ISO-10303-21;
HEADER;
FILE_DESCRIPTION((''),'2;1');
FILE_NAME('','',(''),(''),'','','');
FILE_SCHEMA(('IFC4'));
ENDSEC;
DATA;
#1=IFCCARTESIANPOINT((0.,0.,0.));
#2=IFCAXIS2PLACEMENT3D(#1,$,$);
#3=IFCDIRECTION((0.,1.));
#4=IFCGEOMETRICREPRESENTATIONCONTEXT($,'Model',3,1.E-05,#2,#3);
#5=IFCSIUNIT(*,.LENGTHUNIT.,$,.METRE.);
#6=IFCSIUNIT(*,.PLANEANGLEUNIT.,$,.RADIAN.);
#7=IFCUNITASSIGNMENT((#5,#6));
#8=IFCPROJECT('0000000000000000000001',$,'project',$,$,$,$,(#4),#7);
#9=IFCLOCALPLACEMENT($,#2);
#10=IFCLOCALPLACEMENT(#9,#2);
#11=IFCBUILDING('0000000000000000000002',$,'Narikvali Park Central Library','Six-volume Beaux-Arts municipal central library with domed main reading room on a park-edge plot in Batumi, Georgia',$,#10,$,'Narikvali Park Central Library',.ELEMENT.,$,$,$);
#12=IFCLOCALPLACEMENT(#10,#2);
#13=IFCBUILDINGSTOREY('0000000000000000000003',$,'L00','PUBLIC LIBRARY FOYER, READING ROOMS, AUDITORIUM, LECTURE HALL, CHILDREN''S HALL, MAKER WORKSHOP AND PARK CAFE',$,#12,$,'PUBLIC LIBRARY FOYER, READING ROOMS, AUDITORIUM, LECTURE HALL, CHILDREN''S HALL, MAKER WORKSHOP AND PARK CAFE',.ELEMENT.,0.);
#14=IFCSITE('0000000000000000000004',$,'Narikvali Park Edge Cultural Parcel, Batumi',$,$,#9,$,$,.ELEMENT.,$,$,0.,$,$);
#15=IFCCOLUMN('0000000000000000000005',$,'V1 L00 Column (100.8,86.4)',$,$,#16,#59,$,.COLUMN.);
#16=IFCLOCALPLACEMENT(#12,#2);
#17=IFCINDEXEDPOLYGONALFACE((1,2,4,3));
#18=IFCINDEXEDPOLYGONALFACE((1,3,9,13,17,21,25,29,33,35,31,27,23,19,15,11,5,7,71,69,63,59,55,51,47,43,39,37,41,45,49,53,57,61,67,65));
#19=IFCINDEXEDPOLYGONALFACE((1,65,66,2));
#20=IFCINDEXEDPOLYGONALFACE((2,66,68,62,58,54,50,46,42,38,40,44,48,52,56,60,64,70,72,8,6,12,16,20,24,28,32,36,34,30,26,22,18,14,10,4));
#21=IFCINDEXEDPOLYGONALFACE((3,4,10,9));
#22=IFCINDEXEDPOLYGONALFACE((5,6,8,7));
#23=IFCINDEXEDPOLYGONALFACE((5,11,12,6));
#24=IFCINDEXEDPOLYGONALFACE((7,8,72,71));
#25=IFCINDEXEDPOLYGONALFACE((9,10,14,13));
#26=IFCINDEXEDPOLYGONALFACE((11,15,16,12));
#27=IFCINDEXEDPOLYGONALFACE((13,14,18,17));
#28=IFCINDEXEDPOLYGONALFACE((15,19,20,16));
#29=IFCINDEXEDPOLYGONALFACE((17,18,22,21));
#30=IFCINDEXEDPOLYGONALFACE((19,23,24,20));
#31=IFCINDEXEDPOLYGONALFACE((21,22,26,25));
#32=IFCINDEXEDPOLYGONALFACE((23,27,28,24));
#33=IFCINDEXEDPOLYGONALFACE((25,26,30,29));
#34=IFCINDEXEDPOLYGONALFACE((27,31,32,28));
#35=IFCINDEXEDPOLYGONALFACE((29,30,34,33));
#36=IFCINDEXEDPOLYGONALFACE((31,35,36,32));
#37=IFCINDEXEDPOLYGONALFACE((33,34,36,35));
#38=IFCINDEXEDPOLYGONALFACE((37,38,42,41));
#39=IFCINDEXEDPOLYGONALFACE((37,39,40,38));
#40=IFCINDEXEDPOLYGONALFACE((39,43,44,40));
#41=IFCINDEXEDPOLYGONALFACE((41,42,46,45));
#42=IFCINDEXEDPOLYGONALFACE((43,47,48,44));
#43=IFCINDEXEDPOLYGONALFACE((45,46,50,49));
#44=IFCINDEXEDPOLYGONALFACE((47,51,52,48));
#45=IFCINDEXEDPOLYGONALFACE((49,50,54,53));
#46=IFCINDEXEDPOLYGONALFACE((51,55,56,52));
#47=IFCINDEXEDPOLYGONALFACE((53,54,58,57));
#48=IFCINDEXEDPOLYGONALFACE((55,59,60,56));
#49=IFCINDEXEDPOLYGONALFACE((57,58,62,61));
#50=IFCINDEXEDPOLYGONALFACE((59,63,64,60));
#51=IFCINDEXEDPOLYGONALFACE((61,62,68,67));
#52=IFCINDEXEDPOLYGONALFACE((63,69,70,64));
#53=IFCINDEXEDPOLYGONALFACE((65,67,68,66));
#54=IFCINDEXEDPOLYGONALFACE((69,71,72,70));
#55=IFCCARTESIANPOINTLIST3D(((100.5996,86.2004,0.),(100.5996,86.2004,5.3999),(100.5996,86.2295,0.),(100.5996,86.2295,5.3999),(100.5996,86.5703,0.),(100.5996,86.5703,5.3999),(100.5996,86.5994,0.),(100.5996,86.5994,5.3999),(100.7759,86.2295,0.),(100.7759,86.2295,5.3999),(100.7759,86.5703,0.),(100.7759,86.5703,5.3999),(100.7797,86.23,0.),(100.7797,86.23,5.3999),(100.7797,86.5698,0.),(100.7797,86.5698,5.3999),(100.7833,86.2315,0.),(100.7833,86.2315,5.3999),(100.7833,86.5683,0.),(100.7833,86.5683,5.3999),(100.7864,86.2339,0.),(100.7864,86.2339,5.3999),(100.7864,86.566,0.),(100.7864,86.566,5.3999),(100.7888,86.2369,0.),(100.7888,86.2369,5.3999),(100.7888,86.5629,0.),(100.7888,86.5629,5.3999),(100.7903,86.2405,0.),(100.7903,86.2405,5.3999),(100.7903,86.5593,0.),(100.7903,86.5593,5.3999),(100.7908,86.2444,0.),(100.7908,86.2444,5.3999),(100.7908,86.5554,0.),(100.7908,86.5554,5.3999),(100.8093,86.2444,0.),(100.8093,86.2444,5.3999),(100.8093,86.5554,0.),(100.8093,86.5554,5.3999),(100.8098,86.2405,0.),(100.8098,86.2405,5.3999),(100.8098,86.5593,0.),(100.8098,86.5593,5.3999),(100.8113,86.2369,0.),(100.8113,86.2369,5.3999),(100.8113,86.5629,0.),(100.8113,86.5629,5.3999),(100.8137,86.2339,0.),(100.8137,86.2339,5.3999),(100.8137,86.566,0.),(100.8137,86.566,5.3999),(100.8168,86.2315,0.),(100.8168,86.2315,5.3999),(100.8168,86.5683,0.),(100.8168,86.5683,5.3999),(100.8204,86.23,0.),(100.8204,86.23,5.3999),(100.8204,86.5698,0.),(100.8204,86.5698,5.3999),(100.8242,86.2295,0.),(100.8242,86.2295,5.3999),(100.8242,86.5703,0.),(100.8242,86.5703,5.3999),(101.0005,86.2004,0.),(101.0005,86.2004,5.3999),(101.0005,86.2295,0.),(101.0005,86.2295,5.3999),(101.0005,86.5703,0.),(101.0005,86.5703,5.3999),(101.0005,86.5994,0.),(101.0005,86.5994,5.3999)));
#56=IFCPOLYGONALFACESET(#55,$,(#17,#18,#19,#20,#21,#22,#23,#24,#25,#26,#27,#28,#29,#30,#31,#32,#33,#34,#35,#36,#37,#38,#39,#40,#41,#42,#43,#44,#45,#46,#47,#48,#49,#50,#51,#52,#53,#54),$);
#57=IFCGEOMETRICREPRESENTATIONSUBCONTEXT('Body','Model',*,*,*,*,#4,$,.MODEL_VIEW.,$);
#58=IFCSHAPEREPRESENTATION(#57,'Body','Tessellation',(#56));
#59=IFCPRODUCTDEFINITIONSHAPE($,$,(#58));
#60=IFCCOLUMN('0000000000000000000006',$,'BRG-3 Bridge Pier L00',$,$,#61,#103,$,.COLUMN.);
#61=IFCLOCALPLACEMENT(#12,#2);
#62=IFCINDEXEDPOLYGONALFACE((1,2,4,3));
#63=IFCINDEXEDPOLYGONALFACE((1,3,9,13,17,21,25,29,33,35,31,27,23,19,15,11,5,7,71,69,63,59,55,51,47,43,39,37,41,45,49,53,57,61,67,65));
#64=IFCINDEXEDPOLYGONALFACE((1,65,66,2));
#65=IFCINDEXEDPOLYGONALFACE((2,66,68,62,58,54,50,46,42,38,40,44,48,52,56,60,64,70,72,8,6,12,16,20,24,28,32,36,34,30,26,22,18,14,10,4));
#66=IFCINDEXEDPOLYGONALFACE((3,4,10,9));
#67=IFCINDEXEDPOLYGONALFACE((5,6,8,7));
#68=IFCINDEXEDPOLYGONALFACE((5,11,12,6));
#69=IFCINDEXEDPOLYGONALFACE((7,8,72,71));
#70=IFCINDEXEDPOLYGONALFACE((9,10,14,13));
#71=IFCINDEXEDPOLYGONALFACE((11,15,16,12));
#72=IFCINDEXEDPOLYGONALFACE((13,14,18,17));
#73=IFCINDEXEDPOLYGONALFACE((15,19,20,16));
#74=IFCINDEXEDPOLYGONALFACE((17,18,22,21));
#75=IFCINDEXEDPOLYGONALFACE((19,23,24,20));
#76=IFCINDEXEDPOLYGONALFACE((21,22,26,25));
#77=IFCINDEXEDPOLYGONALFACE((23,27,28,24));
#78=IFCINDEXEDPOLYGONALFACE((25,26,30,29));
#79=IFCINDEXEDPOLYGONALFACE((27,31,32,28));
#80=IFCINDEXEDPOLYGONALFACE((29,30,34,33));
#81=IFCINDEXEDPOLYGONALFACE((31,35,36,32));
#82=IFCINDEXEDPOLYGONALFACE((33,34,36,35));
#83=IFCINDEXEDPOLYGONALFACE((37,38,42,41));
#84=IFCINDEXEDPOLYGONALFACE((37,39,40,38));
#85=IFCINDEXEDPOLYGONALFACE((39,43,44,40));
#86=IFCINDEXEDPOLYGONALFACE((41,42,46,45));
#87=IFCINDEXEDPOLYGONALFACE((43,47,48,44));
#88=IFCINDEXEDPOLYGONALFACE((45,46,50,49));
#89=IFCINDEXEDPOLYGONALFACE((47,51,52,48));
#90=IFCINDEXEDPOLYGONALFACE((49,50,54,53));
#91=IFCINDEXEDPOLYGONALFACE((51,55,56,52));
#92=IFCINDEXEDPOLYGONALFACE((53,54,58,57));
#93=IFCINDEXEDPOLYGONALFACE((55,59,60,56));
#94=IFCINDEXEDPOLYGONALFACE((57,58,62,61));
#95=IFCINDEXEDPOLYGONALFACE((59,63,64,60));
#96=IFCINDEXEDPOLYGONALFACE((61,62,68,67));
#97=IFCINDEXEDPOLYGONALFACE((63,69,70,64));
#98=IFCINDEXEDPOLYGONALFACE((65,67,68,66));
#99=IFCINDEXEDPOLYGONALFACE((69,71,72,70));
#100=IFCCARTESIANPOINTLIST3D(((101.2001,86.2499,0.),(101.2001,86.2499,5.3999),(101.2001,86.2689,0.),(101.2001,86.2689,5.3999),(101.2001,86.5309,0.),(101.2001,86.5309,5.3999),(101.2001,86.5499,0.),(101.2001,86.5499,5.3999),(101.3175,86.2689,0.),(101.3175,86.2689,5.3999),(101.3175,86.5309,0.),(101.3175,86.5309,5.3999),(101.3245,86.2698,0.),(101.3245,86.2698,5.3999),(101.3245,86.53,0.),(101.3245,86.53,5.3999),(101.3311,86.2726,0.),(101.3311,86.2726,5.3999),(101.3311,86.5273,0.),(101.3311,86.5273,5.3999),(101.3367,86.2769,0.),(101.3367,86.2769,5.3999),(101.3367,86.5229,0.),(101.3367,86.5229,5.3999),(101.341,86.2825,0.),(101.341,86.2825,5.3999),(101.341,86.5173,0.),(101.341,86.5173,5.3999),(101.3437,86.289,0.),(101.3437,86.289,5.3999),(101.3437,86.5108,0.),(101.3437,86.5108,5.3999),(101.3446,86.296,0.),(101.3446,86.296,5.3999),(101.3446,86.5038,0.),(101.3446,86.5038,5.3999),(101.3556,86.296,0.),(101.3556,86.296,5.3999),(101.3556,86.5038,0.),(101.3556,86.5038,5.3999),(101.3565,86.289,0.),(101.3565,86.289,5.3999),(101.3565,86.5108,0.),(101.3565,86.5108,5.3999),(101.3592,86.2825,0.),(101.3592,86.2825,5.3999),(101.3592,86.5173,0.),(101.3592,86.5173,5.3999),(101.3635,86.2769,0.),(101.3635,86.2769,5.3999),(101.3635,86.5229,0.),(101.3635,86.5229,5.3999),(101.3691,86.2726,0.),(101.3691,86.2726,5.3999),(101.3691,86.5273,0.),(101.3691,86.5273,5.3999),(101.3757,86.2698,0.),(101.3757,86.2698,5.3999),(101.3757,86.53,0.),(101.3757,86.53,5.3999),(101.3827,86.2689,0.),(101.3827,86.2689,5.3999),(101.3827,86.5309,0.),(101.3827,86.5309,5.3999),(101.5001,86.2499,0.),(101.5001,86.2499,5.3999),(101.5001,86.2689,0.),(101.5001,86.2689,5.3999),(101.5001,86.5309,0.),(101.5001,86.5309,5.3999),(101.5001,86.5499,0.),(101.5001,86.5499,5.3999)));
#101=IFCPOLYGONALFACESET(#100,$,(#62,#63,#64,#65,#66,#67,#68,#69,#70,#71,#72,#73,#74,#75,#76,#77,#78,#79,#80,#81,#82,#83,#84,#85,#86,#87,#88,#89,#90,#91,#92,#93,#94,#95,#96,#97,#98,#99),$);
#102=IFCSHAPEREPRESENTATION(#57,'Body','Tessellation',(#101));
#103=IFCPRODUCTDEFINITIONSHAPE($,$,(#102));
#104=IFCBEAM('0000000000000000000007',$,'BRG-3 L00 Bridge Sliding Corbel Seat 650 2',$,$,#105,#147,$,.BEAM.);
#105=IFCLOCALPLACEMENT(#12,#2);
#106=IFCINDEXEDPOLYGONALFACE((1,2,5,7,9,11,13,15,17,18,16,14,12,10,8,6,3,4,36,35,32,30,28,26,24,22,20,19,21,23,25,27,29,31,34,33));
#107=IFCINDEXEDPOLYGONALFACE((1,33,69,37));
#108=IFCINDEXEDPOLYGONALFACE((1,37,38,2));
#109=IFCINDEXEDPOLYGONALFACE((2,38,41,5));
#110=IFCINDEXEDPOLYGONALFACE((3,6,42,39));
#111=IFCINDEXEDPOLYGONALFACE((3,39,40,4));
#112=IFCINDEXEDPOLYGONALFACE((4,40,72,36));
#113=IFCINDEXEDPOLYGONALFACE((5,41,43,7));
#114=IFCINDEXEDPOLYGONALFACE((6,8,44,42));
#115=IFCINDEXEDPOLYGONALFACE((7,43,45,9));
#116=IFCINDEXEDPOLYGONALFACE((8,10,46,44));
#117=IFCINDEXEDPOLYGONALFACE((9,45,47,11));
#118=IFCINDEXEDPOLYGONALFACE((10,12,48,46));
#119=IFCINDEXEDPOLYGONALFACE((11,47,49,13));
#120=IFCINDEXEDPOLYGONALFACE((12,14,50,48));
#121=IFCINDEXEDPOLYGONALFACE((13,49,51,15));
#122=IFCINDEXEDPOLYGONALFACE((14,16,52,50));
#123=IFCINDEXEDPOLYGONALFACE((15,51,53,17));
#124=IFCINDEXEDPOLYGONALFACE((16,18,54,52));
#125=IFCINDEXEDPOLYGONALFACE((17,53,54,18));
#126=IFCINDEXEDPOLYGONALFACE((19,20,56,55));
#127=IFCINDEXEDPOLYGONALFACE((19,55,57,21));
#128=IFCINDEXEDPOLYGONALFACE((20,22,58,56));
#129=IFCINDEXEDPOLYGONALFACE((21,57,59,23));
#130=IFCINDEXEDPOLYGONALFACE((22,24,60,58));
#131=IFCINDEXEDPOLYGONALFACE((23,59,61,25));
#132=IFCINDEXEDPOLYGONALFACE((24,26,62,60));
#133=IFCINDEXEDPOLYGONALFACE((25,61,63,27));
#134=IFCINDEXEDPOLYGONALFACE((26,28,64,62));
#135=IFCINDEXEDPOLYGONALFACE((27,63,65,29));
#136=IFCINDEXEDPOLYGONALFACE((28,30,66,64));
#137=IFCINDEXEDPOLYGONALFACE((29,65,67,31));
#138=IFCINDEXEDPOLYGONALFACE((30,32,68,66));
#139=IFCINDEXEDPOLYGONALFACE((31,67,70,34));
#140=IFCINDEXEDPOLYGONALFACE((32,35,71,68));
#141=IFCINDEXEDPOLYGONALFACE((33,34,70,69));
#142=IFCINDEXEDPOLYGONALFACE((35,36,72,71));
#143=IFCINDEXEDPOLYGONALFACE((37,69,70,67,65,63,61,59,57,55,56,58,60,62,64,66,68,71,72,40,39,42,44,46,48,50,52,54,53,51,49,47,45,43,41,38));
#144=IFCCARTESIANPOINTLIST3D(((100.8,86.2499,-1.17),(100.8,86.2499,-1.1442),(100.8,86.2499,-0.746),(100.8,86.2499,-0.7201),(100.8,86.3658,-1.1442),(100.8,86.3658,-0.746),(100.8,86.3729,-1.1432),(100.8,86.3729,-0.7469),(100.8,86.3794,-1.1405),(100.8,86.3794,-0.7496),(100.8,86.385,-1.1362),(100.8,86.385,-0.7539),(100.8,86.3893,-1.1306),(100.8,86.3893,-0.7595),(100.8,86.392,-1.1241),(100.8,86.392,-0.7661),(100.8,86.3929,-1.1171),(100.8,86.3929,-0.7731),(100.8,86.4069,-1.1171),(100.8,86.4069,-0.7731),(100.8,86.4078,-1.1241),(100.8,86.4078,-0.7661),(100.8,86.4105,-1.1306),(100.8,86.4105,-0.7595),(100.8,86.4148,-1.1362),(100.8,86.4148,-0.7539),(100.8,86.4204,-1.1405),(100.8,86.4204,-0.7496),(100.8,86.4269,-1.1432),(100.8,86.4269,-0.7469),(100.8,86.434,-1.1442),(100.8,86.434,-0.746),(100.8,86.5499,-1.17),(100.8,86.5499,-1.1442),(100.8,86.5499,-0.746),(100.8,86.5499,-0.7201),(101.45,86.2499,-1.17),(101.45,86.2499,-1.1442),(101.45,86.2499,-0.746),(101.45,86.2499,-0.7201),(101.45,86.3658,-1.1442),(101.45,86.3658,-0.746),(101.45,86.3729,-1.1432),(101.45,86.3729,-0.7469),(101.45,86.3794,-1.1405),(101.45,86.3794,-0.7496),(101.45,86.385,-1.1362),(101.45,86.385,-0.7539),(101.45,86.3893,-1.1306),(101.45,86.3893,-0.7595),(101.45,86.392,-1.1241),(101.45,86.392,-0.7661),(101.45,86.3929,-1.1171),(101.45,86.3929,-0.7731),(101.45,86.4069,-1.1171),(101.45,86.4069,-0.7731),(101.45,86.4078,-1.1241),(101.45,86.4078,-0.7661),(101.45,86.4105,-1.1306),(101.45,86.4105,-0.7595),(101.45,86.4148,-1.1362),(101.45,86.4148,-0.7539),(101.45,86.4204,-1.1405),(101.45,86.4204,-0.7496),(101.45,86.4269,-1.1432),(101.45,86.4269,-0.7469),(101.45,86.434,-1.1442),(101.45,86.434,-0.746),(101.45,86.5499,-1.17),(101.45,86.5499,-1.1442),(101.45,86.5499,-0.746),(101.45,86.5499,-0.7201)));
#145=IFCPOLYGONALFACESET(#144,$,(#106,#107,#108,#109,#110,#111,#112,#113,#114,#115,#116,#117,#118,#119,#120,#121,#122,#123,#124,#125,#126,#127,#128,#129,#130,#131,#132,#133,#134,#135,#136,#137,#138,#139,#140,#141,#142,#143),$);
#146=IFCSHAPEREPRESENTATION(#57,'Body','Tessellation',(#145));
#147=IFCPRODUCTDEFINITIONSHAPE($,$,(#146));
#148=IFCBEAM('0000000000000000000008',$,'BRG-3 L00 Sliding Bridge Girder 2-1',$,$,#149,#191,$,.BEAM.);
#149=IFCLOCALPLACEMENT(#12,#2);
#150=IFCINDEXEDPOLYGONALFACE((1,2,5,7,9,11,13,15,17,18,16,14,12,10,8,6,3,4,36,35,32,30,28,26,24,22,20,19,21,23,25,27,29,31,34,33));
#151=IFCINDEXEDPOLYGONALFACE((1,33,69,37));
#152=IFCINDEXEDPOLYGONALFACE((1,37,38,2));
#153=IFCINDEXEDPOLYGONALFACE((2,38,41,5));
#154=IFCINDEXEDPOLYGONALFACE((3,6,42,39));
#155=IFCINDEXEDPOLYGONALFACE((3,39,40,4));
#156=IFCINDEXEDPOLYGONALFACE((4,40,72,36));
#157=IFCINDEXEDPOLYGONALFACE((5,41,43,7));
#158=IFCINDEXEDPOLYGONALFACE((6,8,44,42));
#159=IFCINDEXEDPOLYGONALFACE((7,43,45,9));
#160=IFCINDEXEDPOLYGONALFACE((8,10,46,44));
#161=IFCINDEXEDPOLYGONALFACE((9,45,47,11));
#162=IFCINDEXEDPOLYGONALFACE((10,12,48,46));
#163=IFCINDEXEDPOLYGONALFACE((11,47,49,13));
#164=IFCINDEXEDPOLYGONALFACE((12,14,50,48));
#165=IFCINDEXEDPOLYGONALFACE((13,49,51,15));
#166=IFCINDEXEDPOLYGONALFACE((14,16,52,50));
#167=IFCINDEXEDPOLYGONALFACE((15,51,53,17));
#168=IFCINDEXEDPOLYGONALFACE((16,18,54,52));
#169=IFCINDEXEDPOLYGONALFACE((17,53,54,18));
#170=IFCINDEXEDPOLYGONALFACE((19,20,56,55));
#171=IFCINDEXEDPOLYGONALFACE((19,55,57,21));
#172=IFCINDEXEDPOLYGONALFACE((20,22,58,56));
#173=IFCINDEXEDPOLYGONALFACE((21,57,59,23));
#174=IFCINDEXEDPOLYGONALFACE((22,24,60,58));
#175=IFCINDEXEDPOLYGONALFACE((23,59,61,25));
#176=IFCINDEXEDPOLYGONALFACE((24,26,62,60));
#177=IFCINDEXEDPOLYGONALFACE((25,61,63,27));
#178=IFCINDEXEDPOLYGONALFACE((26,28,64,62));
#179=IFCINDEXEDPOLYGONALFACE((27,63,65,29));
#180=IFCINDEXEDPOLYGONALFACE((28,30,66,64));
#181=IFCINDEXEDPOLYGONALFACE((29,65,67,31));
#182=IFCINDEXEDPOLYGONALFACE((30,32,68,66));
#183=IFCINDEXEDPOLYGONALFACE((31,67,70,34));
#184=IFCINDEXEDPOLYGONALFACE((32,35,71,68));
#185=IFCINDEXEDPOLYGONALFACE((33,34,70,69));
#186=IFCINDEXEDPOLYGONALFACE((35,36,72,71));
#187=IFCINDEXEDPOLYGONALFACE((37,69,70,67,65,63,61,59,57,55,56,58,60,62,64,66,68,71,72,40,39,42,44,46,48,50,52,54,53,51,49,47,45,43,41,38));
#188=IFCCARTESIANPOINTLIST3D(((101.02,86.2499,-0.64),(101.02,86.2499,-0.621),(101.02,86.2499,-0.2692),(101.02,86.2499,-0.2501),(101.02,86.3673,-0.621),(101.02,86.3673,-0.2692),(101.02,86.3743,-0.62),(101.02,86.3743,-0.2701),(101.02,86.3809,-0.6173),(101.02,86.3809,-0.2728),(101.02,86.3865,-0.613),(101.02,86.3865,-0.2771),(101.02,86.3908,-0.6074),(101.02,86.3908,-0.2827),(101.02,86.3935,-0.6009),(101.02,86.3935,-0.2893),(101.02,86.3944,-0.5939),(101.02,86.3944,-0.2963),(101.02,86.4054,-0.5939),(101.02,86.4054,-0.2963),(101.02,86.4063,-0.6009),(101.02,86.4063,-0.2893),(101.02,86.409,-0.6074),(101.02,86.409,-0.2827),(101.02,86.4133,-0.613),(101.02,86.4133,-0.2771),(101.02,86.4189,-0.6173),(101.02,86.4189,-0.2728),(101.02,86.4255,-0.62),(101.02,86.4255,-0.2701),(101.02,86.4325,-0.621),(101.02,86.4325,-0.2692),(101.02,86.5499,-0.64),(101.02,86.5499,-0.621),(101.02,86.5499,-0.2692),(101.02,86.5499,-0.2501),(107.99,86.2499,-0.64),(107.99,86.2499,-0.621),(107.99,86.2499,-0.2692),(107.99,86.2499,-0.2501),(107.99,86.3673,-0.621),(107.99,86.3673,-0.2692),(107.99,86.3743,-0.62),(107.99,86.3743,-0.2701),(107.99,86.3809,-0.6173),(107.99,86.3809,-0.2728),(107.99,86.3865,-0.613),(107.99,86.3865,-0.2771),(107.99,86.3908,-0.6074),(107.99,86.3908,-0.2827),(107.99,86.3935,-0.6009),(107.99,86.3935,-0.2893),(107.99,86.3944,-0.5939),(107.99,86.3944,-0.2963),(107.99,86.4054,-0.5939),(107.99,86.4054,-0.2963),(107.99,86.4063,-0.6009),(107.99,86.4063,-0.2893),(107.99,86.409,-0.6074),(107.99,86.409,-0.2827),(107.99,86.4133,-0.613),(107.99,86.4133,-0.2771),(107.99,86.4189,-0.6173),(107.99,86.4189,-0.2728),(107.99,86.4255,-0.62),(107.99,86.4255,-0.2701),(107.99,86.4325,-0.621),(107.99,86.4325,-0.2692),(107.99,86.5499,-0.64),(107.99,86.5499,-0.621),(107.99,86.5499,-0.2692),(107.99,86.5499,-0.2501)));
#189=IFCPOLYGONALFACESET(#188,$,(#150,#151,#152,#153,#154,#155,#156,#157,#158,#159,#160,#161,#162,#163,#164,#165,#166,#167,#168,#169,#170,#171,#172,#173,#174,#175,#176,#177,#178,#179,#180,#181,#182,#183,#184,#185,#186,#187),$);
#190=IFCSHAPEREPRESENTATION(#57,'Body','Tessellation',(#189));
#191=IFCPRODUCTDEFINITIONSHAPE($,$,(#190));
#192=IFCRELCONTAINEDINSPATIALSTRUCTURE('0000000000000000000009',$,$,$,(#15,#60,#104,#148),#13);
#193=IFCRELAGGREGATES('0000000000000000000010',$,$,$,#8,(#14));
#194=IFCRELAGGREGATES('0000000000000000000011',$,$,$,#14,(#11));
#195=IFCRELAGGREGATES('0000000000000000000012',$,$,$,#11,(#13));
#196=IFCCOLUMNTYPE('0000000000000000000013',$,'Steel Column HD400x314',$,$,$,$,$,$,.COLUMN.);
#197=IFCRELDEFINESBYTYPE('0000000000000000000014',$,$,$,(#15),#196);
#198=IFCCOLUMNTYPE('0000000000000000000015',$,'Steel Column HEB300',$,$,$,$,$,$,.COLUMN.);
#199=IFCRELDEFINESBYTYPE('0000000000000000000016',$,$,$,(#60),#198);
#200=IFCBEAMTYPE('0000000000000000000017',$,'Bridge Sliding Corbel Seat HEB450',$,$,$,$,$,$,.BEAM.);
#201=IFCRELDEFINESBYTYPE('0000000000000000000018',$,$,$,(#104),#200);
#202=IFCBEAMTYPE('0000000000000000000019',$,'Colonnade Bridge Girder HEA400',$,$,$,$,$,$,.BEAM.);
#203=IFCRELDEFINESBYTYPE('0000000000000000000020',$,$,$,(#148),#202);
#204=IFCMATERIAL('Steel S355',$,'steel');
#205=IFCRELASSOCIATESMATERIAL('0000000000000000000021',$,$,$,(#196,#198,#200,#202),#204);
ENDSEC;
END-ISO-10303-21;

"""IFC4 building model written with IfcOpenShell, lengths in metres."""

from ifc_helpers import new_model, si_unit, direction, frame, origin, origin_2d, place, context, subcontext, project, spatial, i_section, extrude, material, material_profile, profile_set, type_object, element, save


model = new_model("IFC4")

# Units and contexts
model_context = context("Model", 3, precision=1e-05, world=origin(), true_north=direction((0.0, 1.0)))
body_context = subcontext(model_context, "Body", "Model", "MODEL_VIEW")
ifc_project = project(units=[si_unit("LENGTHUNIT", "METRE"), si_unit("PLANEANGLEUNIT", "RADIAN")], contexts=[model_context])

# Site, building, storey
site_placement = place(None, origin())
site = spatial("IfcSite", under=ifc_project, at=site_placement, Name="Narikvali Park Edge Cultural Parcel, Batumi", CompositionType="ELEMENT", RefElevation=0.0)
building_placement = place(site_placement, origin())
building = spatial("IfcBuilding", under=site, at=building_placement, Name="Narikvali Park Central Library", Description="Six-volume Beaux-Arts municipal central library with domed main reading room on a park-edge plot in Batumi, Georgia", LongName="Narikvali Park Central Library", CompositionType="ELEMENT")
storey_placement = place(building_placement, origin())
storey = spatial("IfcBuildingStorey", under=building, at=storey_placement, Name="L00", Description="PUBLIC LIBRARY FOYER, READING ROOMS, AUDITORIUM, LECTURE HALL, CHILDREN'S HALL, MAKER WORKSHOP AND PARK CAFE", LongName="PUBLIC LIBRARY FOYER, READING ROOMS, AUDITORIUM, LECTURE HALL, CHILDREN'S HALL, MAKER WORKSHOP AND PARK CAFE", CompositionType="ELEMENT", Elevation=0.0)

# Columns
ifc_material_1 = material(Name="Steel S355", Category="steel")
ifc_material_profile_1 = material_profile(ifc_material_1, i_section(OverallWidth=0.4009, OverallDepth=0.3989, WebThickness=0.0186, FlangeThickness=0.0291, FilletRadius=0.0149, at=origin_2d()), Name="HD 400x314")
ifc_profile_set_1 = profile_set([ifc_material_profile_1], Name="Steel S355")
column_type_1 = type_object("IfcColumnType", Name="Steel Column HD400x314", PredefinedType="COLUMN", material=ifc_profile_set_1)
column_1_placement = place(storey_placement, frame((100.8, 86.3999, 0.0), z_axis=(0.0, 0.0, 1.0), x_axis=(1.0, 0.0, 0.0)))
element("IfcColumn", 1, at=column_1_placement, inside=storey, type_object=column_type_1, Name="V1 L00 Column (100.8,86.4)", PredefinedType="COLUMN", context=body_context, shape_type="SweptSolid", body=[
    extrude(i_section(OverallWidth=0.4009, OverallDepth=0.3989, WebThickness=0.0186, FlangeThickness=0.0291, FilletRadius=0.0149, at=origin_2d()), origin(), (0.0, 0.0, 1.0), 5.3999),
])
ifc_material_profile_2 = material_profile(ifc_material_1, i_section(OverallWidth=0.3, OverallDepth=0.3, WebThickness=0.011, FlangeThickness=0.019, FilletRadius=0.0271, at=origin_2d()), Name="HEB 300")
ifc_profile_set_2 = profile_set([ifc_material_profile_2], Name="Steel S355")
column_type_2 = type_object("IfcColumnType", Name="Steel Column HEB300", PredefinedType="COLUMN", material=ifc_profile_set_2)
column_2_placement = place(storey_placement, frame((101.3501, 86.3999, 0.0), z_axis=(0.0, 0.0, 1.0), x_axis=(1.0, 0.0, 0.0)))
element("IfcColumn", 2, at=column_2_placement, inside=storey, type_object=column_type_2, Name="BRG-3 Bridge Pier L00", PredefinedType="COLUMN", context=body_context, shape_type="SweptSolid", body=[
    extrude(i_section(OverallWidth=0.3, OverallDepth=0.3, WebThickness=0.011, FlangeThickness=0.019, FilletRadius=0.0271, at=origin_2d()), origin(), (0.0, 0.0, 1.0), 5.3999),
])

# Beams
ifc_material_profile_3 = material_profile(ifc_material_1, i_section(OverallWidth=0.3, OverallDepth=0.45, WebThickness=0.0139, FlangeThickness=0.0259, FilletRadius=0.0271, at=origin_2d()), Name="HEB 450")
ifc_profile_set_3 = profile_set([ifc_material_profile_3], Name="Steel S355")
beam_type_1 = type_object("IfcBeamType", Name="Bridge Sliding Corbel Seat HEB450", PredefinedType="BEAM", material=ifc_profile_set_3)
beam_1_placement = place(storey_placement, frame((100.8, 86.3999, -0.9451), z_axis=(1.0, 0.0, 0.0), x_axis=(0.0, 1.0, 0.0)))
element("IfcBeam", 3, at=beam_1_placement, inside=storey, type_object=beam_type_1, Name="BRG-3 L00 Bridge Sliding Corbel Seat 650 2", PredefinedType="BEAM", context=body_context, shape_type="SweptSolid", body=[
    extrude(i_section(OverallWidth=0.3, OverallDepth=0.45, WebThickness=0.0139, FlangeThickness=0.0259, FilletRadius=0.0271, at=origin_2d()), origin(), (0.0, 0.0, 1.0), 0.6499),
])
ifc_material_profile_4 = material_profile(ifc_material_1, i_section(OverallWidth=0.3, OverallDepth=0.3899, WebThickness=0.011, FlangeThickness=0.019, FilletRadius=0.0271, at=origin_2d()), Name="HEA 400")
ifc_profile_set_4 = profile_set([ifc_material_profile_4], Name="Steel S355")
beam_type_2 = type_object("IfcBeamType", Name="Colonnade Bridge Girder HEA400", PredefinedType="BEAM", material=ifc_profile_set_4)
beam_2_placement = place(storey_placement, frame((101.02, 86.3999, -0.4451), z_axis=(1.0, 0.0, 0.0), x_axis=(0.0, 1.0, 0.0)))
element("IfcBeam", 4, at=beam_2_placement, inside=storey, type_object=beam_type_2, Name="BRG-3 L00 Sliding Bridge Girder 2-1", PredefinedType="BEAM", context=body_context, shape_type="SweptSolid", body=[
    extrude(i_section(OverallWidth=0.3, OverallDepth=0.3899, WebThickness=0.011, FlangeThickness=0.019, FilletRadius=0.0271, at=origin_2d()), origin(), (0.0, 0.0, 1.0), 6.97),
])

save(model, "model.ifc")
